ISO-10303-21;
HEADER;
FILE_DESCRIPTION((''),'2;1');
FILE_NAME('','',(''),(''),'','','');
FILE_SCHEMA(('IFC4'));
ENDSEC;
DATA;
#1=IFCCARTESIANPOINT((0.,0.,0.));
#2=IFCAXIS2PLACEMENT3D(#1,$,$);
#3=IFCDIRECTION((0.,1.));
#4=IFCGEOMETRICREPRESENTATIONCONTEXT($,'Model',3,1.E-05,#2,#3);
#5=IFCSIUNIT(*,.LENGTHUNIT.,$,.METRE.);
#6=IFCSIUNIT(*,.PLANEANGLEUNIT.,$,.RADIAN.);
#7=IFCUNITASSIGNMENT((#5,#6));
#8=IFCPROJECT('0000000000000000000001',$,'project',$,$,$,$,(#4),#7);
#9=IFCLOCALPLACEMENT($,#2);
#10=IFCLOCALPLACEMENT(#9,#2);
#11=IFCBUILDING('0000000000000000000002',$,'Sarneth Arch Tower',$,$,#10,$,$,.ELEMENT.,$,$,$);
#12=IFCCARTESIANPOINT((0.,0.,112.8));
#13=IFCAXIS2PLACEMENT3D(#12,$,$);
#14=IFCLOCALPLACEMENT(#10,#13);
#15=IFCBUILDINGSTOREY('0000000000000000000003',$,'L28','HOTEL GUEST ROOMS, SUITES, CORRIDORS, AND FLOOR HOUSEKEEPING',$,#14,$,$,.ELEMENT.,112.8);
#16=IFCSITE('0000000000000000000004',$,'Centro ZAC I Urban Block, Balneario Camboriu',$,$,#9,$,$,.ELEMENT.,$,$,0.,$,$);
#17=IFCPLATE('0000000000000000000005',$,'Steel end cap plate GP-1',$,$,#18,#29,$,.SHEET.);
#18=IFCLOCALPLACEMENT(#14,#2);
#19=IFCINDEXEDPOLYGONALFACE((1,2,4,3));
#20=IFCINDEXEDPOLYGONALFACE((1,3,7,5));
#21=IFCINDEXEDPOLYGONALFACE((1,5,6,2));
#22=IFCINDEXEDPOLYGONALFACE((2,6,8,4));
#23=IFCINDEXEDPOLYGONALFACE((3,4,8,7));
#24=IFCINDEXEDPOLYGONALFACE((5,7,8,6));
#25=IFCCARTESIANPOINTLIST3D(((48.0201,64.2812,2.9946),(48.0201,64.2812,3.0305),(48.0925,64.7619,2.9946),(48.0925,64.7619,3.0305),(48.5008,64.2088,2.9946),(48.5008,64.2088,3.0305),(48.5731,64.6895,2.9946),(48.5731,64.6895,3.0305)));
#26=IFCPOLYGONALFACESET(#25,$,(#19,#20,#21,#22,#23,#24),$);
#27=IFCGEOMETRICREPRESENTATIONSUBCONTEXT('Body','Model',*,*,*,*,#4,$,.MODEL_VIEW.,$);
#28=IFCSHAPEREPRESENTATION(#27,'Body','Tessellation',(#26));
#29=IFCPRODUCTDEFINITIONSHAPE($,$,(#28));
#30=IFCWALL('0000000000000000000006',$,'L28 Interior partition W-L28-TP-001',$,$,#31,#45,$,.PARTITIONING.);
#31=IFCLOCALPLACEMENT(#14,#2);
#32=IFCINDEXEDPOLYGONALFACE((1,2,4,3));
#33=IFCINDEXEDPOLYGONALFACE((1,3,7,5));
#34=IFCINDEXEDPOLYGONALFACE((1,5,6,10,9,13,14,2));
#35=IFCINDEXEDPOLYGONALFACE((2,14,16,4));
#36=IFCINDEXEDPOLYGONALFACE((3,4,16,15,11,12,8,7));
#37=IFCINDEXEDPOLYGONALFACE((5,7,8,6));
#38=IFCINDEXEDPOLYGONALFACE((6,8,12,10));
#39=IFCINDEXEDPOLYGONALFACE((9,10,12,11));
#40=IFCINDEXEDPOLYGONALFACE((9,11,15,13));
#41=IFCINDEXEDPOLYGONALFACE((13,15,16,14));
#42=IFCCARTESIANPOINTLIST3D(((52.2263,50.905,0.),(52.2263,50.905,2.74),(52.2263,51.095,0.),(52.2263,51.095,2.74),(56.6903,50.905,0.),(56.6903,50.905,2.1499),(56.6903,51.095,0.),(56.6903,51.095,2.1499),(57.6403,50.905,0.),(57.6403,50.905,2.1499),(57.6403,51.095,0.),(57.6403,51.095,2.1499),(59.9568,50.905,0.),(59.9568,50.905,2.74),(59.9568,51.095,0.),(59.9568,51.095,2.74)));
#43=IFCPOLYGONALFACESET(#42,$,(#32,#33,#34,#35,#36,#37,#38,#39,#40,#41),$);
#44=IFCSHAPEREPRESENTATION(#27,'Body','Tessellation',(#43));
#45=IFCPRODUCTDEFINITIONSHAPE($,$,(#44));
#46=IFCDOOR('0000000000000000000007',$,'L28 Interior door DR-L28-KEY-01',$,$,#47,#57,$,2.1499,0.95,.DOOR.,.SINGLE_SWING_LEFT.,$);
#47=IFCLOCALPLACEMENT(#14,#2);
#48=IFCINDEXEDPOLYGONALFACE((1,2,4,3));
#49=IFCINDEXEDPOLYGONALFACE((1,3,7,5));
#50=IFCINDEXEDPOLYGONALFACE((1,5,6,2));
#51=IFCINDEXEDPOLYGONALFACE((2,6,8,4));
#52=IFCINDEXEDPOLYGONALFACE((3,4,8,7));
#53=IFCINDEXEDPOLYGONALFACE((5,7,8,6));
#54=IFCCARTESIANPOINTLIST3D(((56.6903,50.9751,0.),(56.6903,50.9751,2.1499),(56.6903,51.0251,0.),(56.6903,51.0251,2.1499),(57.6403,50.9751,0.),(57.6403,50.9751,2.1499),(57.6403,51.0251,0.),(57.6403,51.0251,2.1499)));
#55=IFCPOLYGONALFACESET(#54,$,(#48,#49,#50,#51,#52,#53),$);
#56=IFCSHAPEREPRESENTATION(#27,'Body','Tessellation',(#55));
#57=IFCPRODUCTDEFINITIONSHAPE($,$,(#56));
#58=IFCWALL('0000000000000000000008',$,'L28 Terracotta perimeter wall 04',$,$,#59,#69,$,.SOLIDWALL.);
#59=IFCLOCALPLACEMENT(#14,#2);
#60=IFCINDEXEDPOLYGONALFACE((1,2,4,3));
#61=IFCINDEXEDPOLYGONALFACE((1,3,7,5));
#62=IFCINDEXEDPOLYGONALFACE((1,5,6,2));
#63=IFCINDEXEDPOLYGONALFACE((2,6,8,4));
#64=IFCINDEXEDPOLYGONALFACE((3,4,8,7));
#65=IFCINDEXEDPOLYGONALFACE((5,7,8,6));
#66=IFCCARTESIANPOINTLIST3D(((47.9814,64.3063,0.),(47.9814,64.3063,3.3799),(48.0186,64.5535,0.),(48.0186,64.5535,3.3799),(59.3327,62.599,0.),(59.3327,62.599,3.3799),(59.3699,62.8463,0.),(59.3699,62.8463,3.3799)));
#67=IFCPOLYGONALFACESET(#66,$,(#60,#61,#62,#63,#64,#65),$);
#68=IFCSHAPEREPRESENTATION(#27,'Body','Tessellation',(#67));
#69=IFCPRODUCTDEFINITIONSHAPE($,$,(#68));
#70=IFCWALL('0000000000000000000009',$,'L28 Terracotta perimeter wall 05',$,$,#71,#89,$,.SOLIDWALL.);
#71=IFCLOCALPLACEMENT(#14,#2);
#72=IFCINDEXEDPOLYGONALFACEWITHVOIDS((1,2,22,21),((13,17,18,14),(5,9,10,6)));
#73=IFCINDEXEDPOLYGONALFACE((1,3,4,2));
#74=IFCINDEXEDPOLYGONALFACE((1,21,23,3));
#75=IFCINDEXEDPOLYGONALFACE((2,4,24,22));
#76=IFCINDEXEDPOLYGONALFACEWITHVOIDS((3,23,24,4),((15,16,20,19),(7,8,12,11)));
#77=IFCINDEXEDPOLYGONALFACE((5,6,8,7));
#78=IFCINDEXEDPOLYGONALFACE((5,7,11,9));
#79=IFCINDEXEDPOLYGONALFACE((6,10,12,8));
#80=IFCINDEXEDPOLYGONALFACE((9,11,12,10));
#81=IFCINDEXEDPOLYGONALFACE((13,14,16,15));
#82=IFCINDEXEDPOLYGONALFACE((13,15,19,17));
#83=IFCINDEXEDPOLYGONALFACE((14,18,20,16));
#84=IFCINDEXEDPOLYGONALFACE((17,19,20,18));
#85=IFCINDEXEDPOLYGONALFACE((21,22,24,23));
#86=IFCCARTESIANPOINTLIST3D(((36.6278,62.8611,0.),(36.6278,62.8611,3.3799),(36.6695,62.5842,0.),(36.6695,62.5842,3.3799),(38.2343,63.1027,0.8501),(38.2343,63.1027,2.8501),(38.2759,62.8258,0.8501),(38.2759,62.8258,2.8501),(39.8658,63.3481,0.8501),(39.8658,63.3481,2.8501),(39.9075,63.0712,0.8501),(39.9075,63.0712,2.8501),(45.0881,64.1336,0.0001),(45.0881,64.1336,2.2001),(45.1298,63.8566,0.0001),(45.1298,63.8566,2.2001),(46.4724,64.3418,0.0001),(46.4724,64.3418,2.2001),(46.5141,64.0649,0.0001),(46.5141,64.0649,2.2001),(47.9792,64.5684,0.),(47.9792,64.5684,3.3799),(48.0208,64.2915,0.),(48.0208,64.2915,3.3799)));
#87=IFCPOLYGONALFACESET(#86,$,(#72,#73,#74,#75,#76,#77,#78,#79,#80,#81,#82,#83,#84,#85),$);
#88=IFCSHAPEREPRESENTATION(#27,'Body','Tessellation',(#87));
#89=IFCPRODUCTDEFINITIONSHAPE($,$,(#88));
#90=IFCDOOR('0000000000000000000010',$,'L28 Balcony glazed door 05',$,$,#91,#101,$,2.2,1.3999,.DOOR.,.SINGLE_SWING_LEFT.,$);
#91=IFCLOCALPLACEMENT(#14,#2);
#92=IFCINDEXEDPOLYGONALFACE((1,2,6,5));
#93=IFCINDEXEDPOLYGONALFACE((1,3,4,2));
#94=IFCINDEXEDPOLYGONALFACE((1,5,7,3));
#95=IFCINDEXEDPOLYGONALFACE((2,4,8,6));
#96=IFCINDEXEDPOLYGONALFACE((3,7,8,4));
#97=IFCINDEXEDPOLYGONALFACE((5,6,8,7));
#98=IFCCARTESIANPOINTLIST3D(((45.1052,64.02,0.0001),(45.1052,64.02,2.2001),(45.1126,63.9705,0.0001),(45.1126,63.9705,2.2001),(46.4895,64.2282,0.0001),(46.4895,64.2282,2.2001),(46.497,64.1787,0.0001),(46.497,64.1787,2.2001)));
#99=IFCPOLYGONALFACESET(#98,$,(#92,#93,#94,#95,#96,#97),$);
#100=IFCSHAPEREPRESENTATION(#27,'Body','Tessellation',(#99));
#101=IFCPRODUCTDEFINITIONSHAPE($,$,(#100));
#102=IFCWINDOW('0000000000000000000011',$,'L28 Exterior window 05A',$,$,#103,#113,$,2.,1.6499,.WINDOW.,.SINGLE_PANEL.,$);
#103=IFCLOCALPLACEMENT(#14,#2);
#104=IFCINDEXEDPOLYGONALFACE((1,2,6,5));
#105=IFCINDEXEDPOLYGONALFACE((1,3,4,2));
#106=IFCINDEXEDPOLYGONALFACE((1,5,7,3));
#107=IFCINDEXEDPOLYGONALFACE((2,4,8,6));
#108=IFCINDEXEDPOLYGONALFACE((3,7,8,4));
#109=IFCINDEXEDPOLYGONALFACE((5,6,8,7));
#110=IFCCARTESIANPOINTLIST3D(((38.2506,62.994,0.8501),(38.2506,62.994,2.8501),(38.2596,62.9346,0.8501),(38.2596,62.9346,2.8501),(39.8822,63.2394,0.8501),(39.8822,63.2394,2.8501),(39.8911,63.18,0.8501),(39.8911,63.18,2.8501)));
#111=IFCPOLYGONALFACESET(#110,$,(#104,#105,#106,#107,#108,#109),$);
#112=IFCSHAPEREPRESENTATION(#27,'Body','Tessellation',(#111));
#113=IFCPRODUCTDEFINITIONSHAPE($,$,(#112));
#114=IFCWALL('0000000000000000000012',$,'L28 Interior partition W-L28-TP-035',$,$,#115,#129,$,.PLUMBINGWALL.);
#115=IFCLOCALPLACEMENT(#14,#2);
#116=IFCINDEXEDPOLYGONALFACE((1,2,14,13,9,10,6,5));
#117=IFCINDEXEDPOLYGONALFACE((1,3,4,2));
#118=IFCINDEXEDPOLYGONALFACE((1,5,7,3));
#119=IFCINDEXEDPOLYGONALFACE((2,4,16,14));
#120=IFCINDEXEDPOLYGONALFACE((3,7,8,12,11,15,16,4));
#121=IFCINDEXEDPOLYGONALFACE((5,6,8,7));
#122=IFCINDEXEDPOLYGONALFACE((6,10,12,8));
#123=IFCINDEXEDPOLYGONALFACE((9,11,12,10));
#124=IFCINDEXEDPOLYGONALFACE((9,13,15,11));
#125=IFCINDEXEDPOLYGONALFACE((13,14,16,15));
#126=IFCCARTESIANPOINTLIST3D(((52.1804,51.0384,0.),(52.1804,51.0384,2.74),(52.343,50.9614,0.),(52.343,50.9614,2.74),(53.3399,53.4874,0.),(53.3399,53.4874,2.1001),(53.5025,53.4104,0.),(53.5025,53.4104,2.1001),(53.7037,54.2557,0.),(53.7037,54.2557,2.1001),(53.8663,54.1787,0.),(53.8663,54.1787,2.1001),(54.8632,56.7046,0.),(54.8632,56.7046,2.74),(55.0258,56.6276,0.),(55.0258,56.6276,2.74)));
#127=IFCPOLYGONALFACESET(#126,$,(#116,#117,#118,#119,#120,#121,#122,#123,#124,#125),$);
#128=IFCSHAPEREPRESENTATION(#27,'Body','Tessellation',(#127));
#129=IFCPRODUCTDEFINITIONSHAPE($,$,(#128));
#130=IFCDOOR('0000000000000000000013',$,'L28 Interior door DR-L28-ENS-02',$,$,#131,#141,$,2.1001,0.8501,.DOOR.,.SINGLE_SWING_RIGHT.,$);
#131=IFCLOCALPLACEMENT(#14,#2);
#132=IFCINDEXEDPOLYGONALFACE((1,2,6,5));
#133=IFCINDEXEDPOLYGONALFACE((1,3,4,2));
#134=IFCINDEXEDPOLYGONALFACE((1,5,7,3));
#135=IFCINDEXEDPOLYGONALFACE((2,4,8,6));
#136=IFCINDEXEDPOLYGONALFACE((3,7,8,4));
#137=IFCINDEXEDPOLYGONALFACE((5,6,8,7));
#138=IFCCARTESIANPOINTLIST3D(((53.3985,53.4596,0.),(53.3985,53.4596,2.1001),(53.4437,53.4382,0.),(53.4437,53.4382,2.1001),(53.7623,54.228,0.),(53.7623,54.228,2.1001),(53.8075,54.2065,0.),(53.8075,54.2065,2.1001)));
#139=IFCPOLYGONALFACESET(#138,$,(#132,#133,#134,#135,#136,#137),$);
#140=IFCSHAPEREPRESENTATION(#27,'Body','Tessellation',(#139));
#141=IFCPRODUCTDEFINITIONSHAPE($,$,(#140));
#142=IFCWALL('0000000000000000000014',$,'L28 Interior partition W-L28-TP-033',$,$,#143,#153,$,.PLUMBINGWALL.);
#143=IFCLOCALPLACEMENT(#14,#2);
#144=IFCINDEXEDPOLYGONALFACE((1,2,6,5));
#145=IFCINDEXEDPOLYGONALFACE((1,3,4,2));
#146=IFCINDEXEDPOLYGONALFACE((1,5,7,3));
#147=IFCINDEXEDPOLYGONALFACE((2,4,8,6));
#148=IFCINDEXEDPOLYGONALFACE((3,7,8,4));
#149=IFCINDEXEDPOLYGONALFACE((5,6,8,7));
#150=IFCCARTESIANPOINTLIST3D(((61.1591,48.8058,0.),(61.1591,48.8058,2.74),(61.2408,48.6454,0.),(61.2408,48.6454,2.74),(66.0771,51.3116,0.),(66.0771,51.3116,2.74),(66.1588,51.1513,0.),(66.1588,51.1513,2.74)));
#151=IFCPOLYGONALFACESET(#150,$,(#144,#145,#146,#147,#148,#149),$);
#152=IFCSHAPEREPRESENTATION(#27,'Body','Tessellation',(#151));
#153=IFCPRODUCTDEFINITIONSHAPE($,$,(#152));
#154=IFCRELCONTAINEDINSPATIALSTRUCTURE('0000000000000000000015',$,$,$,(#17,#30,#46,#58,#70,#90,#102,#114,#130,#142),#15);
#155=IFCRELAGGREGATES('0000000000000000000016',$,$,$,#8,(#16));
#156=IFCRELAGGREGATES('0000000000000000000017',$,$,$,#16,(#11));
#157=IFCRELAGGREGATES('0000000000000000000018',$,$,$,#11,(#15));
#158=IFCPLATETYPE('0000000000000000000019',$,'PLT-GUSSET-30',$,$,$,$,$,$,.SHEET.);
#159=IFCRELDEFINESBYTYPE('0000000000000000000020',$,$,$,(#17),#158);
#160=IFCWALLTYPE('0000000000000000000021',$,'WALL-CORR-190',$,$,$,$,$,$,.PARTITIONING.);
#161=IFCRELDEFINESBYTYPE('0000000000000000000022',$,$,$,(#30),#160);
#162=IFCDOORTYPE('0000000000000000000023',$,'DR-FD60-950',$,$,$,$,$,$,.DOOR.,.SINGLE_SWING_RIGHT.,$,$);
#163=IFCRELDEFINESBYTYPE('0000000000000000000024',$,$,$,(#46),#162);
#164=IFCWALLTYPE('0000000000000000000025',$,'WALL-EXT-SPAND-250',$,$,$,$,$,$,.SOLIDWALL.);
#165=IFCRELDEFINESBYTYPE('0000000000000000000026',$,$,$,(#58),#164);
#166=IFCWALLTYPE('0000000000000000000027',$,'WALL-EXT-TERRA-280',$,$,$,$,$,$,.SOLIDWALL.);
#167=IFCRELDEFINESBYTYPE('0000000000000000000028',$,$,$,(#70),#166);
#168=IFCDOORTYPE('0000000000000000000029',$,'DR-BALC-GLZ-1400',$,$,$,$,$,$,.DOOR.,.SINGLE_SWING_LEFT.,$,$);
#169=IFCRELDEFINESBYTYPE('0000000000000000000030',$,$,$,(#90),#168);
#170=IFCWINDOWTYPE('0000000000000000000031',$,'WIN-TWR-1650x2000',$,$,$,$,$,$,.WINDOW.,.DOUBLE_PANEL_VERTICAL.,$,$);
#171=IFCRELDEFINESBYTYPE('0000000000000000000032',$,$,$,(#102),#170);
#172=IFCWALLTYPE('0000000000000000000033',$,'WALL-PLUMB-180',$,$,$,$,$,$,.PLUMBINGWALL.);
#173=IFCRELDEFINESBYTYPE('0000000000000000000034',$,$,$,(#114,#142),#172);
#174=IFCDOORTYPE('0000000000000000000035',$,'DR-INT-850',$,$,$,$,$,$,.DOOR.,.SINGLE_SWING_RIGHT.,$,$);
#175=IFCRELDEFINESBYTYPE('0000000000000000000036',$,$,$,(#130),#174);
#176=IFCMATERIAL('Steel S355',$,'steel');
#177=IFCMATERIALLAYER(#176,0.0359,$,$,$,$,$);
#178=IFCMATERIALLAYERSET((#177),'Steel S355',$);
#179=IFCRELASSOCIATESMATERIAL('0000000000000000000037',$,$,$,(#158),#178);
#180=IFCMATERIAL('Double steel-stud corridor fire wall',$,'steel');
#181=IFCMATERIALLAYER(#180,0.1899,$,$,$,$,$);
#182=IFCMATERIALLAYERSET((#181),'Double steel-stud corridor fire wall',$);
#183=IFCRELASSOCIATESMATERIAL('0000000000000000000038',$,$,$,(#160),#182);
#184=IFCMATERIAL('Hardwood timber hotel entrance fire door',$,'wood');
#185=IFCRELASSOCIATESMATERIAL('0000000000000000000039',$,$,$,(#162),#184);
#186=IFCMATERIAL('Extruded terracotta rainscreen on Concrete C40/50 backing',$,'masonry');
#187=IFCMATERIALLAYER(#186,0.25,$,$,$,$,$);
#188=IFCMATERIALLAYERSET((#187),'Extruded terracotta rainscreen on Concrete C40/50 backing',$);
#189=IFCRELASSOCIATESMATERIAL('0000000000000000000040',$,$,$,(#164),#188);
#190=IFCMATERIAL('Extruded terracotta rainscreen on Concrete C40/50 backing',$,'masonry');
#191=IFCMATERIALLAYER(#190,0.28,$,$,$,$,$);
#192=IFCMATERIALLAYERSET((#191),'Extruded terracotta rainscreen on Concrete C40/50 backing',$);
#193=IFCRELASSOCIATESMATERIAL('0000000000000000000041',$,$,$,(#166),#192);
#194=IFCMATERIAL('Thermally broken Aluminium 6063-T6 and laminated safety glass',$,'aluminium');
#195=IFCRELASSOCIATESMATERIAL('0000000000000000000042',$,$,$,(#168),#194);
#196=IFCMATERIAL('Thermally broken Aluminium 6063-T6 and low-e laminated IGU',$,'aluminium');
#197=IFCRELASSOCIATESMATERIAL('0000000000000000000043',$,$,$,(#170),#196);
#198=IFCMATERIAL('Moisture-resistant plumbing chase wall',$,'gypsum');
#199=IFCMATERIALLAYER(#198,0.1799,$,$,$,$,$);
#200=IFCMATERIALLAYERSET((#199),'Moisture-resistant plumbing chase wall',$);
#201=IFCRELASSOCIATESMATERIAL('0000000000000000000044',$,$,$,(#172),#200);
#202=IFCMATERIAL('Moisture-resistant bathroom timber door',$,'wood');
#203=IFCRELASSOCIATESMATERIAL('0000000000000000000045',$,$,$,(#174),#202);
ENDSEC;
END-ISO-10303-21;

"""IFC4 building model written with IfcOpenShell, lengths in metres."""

from ifc_helpers import new_model, si_unit, direction, frame, frame_2d, origin, origin_2d, place, context, subcontext, project, spatial, rectangle, extrude, material, layer, layer_set, type_object, element, fill, save


model = new_model("IFC4")

# Units and contexts
model_context = context("Model", 3, precision=1e-05, world=origin(), true_north=direction((0.0, 1.0)))
body_context = subcontext(model_context, "Body", "Model", "MODEL_VIEW")
ifc_project = project(units=[si_unit("LENGTHUNIT", "METRE"), si_unit("PLANEANGLEUNIT", "RADIAN")], contexts=[model_context])

# Site, building, storey
site_placement = place(None, origin())
site = spatial("IfcSite", under=ifc_project, at=site_placement, Name="Centro ZAC I Urban Block, Balneario Camboriu", CompositionType="ELEMENT", RefElevation=0.0)
building_placement = place(site_placement, origin())
building = spatial("IfcBuilding", under=site, at=building_placement, Name="Sarneth Arch Tower", CompositionType="ELEMENT")
storey_placement = place(building_placement, frame((0.0, 0.0, 112.8)))
storey = spatial("IfcBuildingStorey", under=building, at=storey_placement, Name="L28", Description="HOTEL GUEST ROOMS, SUITES, CORRIDORS, AND FLOOR HOUSEKEEPING", CompositionType="ELEMENT", Elevation=112.8)

# Plate
ifc_material_1 = material(Name="Steel S355", Category="steel")
ifc_layer_1 = layer(ifc_material_1, 0.0359)
ifc_layer_set_1 = layer_set([ifc_layer_1], Name="Steel S355")
plate_type = type_object("IfcPlateType", Name="PLT-GUSSET-30", PredefinedType="SHEET", material=ifc_layer_set_1)
for number, where, z_axis, x_axis, name in (
    (1, (48.2966, 64.4854, 2.9946), (0.0, 0.0, 1.0), (-0.988861, 0.148845, 0.0), "Steel end cap plate GP-1"),
):
    element("IfcPlate", number, at=place(storey_placement, frame(where, z_axis=z_axis, x_axis=x_axis)), inside=storey, type_object=plate_type, Name=name, PredefinedType="SHEET", context=body_context, shape_type="SweptSolid", body=[
        extrude(rectangle(XDim=0.4861, YDim=0.4861, at=origin_2d()), origin(), (0.0, 0.0, 1.0), 0.0359),
    ])

# Wall, opening, door
ifc_material_2 = material(Name="Double steel-stud corridor fire wall", Category="steel")
ifc_layer_2 = layer(ifc_material_2, 0.1899)
ifc_layer_set_2 = layer_set([ifc_layer_2], Name="Double steel-stud corridor fire wall")
wall_type_1 = type_object("IfcWallType", Name="WALL-CORR-190", PredefinedType="PARTITIONING", material=ifc_layer_set_2)
wall_1_placement = place(storey_placement, frame((59.9568, 51.0, 0.0), z_axis=(0.0, 0.0, 1.0), x_axis=(-1.0, 0.0, 0.0)))
wall_1 = element("IfcWall", 2, at=wall_1_placement, inside=storey, type_object=wall_type_1, Name="L28 Interior partition W-L28-TP-001", PredefinedType="PARTITIONING", context=body_context, shape_type="SweptSolid", body=[
    extrude(rectangle(XDim=7.7305, YDim=0.1899, at=frame_2d((3.8652, 0.0))), origin(), (0.0, 0.0, 1.0), 2.74),
])
opening_1_placement = place(wall_1_placement, frame((2.3164, 0.0, 0.0)))
opening_1 = element("IfcOpeningElement", 3, at=opening_1_placement, cuts=wall_1, PredefinedType="OPENING", context=body_context, shape_type="SweptSolid", body=[
    extrude(rectangle(XDim=0.95, YDim=2.1499, at=frame_2d((0.4751, 1.075))), frame((0.0, 0.105, 0.0), z_axis=(0.0, -1.0, 0.0), x_axis=(1.0, 0.0, 0.0)), (0.0, 0.0, 1.0), 0.21),
])
ifc_material_3 = material(Name="Hardwood timber hotel entrance fire door", Category="wood")
door_type_1 = type_object("IfcDoorType", Name="DR-FD60-950", OperationType="SINGLE_SWING_RIGHT", PredefinedType="DOOR", material=ifc_material_3)
door_1_placement = place(opening_1_placement, origin())
door_1 = element("IfcDoor", 4, at=door_1_placement, inside=storey, type_object=door_type_1, Name="L28 Interior door DR-L28-KEY-01", OperationType="SINGLE_SWING_LEFT", OverallHeight=2.1499, OverallWidth=0.95, PredefinedType="DOOR", context=body_context, shape_type="SweptSolid", body=[
    extrude(rectangle(XDim=0.95, YDim=2.1499, at=frame_2d((0.4751, 1.075))), frame((0.0, 0.0249, 0.0), z_axis=(0.0, -1.0, 0.0), x_axis=(1.0, 0.0, 0.0)), (0.0, 0.0, 1.0), 0.05),
])
fill(opening_1, door_1)

# Wall
ifc_material_4 = material(Name="Extruded terracotta rainscreen on Concrete C40/50 backing", Category="masonry")
ifc_layer_3 = layer(ifc_material_4, 0.25)
ifc_layer_set_3 = layer_set([ifc_layer_3], Name="Extruded terracotta rainscreen on Concrete C40/50 backing")
wall_type_2 = type_object("IfcWallType", Name="WALL-EXT-SPAND-250", PredefinedType="SOLIDWALL", material=ifc_layer_set_3)
wall_2_placement = place(storey_placement, frame((59.3513, 62.7227, 0.0), z_axis=(0.0, 0.0, 1.0), x_axis=(-0.988878, 0.14873, 0.0)))
element("IfcWall", 5, at=wall_2_placement, inside=storey, type_object=wall_type_2, Name="L28 Terracotta perimeter wall 04", PredefinedType="SOLIDWALL", context=body_context, shape_type="SweptSolid", body=[
    extrude(rectangle(XDim=11.479, YDim=0.25, at=frame_2d((5.7395, 0.0))), origin(), (0.0, 0.0, 1.0), 3.3799),
])

# Wall, openings, door, window
ifc_material_5 = material(Name="Extruded terracotta rainscreen on Concrete C40/50 backing", Category="masonry")
ifc_layer_4 = layer(ifc_material_5, 0.28)
ifc_layer_set_4 = layer_set([ifc_layer_4], Name="Extruded terracotta rainscreen on Concrete C40/50 backing")
wall_type_3 = type_object("IfcWallType", Name="WALL-EXT-TERRA-280", PredefinedType="SOLIDWALL", material=ifc_layer_set_4)
wall_3_placement = place(storey_placement, frame((48.0, 64.4299, 0.0), z_axis=(0.0, 0.0, 1.0), x_axis=(-0.988878, -0.14873, 0.0)))
wall_3 = element("IfcWall", 6, at=wall_3_placement, inside=storey, type_object=wall_type_3, Name="L28 Terracotta perimeter wall 05", PredefinedType="SOLIDWALL", context=body_context, shape_type="SweptSolid", body=[
    extrude(rectangle(XDim=11.479, YDim=0.28, at=frame_2d((5.7395, 0.0))), origin(), (0.0, 0.0, 1.0), 3.3799),
])
opening_2_placement = place(wall_3_placement, frame((1.5237, 0.0, 0.0)))
opening_2 = element("IfcOpeningElement", 7, at=opening_2_placement, cuts=wall_3, PredefinedType="OPENING", context=body_context, shape_type="SweptSolid", body=[
    extrude(rectangle(XDim=1.3999, YDim=2.2, at=frame_2d((0.7, 1.1001))), frame((0.0, 0.1499, 0.0), z_axis=(0.0, -1.0, 0.0), x_axis=(1.0, 0.0, 0.0)), (0.0, 0.0, 1.0), 0.3),
])
opening_3_placement = place(wall_3_placement, frame((8.2046, 0.0, 0.8501)))
opening_3 = element("IfcOpeningElement", 8, at=opening_3_placement, cuts=wall_3, PredefinedType="OPENING", context=body_context, shape_type="SweptSolid", body=[
    extrude(rectangle(XDim=1.6499, YDim=2.0, at=frame_2d((0.825, 1.0))), frame((0.0, 0.1499, 0.0), z_axis=(0.0, -1.0, 0.0), x_axis=(1.0, 0.0, 0.0)), (0.0, 0.0, 1.0), 0.3),
])
ifc_material_6 = material(Name="Thermally broken Aluminium 6063-T6 and laminated safety glass", Category="aluminium")
door_type_2 = type_object("IfcDoorType", Name="DR-BALC-GLZ-1400", OperationType="SINGLE_SWING_LEFT", PredefinedType="DOOR", material=ifc_material_6)
door_2_placement = place(opening_2_placement, origin())
door_2 = element("IfcDoor", 9, at=door_2_placement, inside=storey, type_object=door_type_2, Name="L28 Balcony glazed door 05", OperationType="SINGLE_SWING_LEFT", OverallHeight=2.2, OverallWidth=1.3999, PredefinedType="DOOR", context=body_context, shape_type="SweptSolid", body=[
    extrude(rectangle(XDim=1.3999, YDim=2.2, at=frame_2d((0.7, 1.1001))), frame((0.0, 0.0249, 0.0), z_axis=(0.0, -1.0, 0.0), x_axis=(1.0, 0.0, 0.0)), (0.0, 0.0, 1.0), 0.05),
])
fill(opening_2, door_2)
ifc_material_7 = material(Name="Thermally broken Aluminium 6063-T6 and low-e laminated IGU", Category="aluminium")
window_type = type_object("IfcWindowType", Name="WIN-TWR-1650x2000", PartitioningType="DOUBLE_PANEL_VERTICAL", PredefinedType="WINDOW", material=ifc_material_7)
window_placement = place(opening_3_placement, origin())
window = element("IfcWindow", 10, at=window_placement, inside=storey, type_object=window_type, Name="L28 Exterior window 05A", OverallHeight=2.0, OverallWidth=1.6499, PartitioningType="SINGLE_PANEL", PredefinedType="WINDOW", context=body_context, shape_type="SweptSolid", body=[
    extrude(rectangle(XDim=1.6499, YDim=2.0, at=frame_2d((0.825, 1.0))), frame((0.0, 0.03, 0.0), z_axis=(0.0, -1.0, 0.0), x_axis=(1.0, 0.0, 0.0)), (0.0, 0.0, 1.0), 0.0601),
])
fill(opening_3, window)

# Wall, opening, door
ifc_material_8 = material(Name="Moisture-resistant plumbing chase wall", Category="gypsum")
ifc_layer_5 = layer(ifc_material_8, 0.1799)
ifc_layer_set_5 = layer_set([ifc_layer_5], Name="Moisture-resistant plumbing chase wall")
wall_type_4 = type_object("IfcWallType", Name="WALL-PLUMB-180", PredefinedType="PLUMBINGWALL", material=ifc_layer_set_5)
wall_4_placement = place(storey_placement, frame((54.9446, 56.6663, 0.0), z_axis=(0.0, 0.0, 1.0), x_axis=(-0.427936, -0.903809, 0.0)))
wall_4 = element("IfcWall", 11, at=wall_4_placement, inside=storey, type_object=wall_type_4, Name="L28 Interior partition W-L28-TP-035", PredefinedType="PLUMBINGWALL", context=body_context, shape_type="SweptSolid", body=[
    extrude(rectangle(XDim=6.2693, YDim=0.1799, at=frame_2d((3.1348, 0.0))), origin(), (0.0, 0.0, 1.0), 2.74),
])
opening_4_placement = place(wall_4_placement, frame((2.7097, 0.0, 0.0)))
opening_4 = element("IfcOpeningElement", 12, at=opening_4_placement, cuts=wall_4, PredefinedType="OPENING", context=body_context, shape_type="SweptSolid", body=[
    extrude(rectangle(XDim=0.8501, YDim=2.1001, at=frame_2d((0.425, 1.05))), frame((0.0, 0.0999, 0.0), z_axis=(0.0, -1.0, 0.0), x_axis=(1.0, 0.0, 0.0)), (0.0, 0.0, 1.0), 0.2),
])
ifc_material_9 = material(Name="Moisture-resistant bathroom timber door", Category="wood")
door_type_3 = type_object("IfcDoorType", Name="DR-INT-850", OperationType="SINGLE_SWING_RIGHT", PredefinedType="DOOR", material=ifc_material_9)
door_3_placement = place(opening_4_placement, origin())
door_3 = element("IfcDoor", 13, at=door_3_placement, inside=storey, type_object=door_type_3, Name="L28 Interior door DR-L28-ENS-02", OperationType="SINGLE_SWING_RIGHT", OverallHeight=2.1001, OverallWidth=0.8501, PredefinedType="DOOR", context=body_context, shape_type="SweptSolid", body=[
    extrude(rectangle(XDim=0.8501, YDim=2.1001, at=frame_2d((0.425, 1.05))), frame((0.0, 0.0249, 0.0), z_axis=(0.0, -1.0, 0.0), x_axis=(1.0, 0.0, 0.0)), (0.0, 0.0, 1.0), 0.05),
])
fill(opening_4, door_3)

# Wall
wall_5_placement = place(storey_placement, frame((66.1179, 51.2314, 0.0), z_axis=(0.0, 0.0, 1.0), x_axis=(-0.891004, -0.453995, 0.0)))
element("IfcWall", 14, at=wall_5_placement, inside=storey, type_object=wall_type_4, Name="L28 Interior partition W-L28-TP-033", PredefinedType="PLUMBINGWALL", context=body_context, shape_type="SweptSolid", body=[
    extrude(rectangle(XDim=5.5195, YDim=0.1799, at=frame_2d((2.7598, 0.0))), origin(), (0.0, 0.0, 1.0), 2.74),
])

save(model, "model.ifc")
